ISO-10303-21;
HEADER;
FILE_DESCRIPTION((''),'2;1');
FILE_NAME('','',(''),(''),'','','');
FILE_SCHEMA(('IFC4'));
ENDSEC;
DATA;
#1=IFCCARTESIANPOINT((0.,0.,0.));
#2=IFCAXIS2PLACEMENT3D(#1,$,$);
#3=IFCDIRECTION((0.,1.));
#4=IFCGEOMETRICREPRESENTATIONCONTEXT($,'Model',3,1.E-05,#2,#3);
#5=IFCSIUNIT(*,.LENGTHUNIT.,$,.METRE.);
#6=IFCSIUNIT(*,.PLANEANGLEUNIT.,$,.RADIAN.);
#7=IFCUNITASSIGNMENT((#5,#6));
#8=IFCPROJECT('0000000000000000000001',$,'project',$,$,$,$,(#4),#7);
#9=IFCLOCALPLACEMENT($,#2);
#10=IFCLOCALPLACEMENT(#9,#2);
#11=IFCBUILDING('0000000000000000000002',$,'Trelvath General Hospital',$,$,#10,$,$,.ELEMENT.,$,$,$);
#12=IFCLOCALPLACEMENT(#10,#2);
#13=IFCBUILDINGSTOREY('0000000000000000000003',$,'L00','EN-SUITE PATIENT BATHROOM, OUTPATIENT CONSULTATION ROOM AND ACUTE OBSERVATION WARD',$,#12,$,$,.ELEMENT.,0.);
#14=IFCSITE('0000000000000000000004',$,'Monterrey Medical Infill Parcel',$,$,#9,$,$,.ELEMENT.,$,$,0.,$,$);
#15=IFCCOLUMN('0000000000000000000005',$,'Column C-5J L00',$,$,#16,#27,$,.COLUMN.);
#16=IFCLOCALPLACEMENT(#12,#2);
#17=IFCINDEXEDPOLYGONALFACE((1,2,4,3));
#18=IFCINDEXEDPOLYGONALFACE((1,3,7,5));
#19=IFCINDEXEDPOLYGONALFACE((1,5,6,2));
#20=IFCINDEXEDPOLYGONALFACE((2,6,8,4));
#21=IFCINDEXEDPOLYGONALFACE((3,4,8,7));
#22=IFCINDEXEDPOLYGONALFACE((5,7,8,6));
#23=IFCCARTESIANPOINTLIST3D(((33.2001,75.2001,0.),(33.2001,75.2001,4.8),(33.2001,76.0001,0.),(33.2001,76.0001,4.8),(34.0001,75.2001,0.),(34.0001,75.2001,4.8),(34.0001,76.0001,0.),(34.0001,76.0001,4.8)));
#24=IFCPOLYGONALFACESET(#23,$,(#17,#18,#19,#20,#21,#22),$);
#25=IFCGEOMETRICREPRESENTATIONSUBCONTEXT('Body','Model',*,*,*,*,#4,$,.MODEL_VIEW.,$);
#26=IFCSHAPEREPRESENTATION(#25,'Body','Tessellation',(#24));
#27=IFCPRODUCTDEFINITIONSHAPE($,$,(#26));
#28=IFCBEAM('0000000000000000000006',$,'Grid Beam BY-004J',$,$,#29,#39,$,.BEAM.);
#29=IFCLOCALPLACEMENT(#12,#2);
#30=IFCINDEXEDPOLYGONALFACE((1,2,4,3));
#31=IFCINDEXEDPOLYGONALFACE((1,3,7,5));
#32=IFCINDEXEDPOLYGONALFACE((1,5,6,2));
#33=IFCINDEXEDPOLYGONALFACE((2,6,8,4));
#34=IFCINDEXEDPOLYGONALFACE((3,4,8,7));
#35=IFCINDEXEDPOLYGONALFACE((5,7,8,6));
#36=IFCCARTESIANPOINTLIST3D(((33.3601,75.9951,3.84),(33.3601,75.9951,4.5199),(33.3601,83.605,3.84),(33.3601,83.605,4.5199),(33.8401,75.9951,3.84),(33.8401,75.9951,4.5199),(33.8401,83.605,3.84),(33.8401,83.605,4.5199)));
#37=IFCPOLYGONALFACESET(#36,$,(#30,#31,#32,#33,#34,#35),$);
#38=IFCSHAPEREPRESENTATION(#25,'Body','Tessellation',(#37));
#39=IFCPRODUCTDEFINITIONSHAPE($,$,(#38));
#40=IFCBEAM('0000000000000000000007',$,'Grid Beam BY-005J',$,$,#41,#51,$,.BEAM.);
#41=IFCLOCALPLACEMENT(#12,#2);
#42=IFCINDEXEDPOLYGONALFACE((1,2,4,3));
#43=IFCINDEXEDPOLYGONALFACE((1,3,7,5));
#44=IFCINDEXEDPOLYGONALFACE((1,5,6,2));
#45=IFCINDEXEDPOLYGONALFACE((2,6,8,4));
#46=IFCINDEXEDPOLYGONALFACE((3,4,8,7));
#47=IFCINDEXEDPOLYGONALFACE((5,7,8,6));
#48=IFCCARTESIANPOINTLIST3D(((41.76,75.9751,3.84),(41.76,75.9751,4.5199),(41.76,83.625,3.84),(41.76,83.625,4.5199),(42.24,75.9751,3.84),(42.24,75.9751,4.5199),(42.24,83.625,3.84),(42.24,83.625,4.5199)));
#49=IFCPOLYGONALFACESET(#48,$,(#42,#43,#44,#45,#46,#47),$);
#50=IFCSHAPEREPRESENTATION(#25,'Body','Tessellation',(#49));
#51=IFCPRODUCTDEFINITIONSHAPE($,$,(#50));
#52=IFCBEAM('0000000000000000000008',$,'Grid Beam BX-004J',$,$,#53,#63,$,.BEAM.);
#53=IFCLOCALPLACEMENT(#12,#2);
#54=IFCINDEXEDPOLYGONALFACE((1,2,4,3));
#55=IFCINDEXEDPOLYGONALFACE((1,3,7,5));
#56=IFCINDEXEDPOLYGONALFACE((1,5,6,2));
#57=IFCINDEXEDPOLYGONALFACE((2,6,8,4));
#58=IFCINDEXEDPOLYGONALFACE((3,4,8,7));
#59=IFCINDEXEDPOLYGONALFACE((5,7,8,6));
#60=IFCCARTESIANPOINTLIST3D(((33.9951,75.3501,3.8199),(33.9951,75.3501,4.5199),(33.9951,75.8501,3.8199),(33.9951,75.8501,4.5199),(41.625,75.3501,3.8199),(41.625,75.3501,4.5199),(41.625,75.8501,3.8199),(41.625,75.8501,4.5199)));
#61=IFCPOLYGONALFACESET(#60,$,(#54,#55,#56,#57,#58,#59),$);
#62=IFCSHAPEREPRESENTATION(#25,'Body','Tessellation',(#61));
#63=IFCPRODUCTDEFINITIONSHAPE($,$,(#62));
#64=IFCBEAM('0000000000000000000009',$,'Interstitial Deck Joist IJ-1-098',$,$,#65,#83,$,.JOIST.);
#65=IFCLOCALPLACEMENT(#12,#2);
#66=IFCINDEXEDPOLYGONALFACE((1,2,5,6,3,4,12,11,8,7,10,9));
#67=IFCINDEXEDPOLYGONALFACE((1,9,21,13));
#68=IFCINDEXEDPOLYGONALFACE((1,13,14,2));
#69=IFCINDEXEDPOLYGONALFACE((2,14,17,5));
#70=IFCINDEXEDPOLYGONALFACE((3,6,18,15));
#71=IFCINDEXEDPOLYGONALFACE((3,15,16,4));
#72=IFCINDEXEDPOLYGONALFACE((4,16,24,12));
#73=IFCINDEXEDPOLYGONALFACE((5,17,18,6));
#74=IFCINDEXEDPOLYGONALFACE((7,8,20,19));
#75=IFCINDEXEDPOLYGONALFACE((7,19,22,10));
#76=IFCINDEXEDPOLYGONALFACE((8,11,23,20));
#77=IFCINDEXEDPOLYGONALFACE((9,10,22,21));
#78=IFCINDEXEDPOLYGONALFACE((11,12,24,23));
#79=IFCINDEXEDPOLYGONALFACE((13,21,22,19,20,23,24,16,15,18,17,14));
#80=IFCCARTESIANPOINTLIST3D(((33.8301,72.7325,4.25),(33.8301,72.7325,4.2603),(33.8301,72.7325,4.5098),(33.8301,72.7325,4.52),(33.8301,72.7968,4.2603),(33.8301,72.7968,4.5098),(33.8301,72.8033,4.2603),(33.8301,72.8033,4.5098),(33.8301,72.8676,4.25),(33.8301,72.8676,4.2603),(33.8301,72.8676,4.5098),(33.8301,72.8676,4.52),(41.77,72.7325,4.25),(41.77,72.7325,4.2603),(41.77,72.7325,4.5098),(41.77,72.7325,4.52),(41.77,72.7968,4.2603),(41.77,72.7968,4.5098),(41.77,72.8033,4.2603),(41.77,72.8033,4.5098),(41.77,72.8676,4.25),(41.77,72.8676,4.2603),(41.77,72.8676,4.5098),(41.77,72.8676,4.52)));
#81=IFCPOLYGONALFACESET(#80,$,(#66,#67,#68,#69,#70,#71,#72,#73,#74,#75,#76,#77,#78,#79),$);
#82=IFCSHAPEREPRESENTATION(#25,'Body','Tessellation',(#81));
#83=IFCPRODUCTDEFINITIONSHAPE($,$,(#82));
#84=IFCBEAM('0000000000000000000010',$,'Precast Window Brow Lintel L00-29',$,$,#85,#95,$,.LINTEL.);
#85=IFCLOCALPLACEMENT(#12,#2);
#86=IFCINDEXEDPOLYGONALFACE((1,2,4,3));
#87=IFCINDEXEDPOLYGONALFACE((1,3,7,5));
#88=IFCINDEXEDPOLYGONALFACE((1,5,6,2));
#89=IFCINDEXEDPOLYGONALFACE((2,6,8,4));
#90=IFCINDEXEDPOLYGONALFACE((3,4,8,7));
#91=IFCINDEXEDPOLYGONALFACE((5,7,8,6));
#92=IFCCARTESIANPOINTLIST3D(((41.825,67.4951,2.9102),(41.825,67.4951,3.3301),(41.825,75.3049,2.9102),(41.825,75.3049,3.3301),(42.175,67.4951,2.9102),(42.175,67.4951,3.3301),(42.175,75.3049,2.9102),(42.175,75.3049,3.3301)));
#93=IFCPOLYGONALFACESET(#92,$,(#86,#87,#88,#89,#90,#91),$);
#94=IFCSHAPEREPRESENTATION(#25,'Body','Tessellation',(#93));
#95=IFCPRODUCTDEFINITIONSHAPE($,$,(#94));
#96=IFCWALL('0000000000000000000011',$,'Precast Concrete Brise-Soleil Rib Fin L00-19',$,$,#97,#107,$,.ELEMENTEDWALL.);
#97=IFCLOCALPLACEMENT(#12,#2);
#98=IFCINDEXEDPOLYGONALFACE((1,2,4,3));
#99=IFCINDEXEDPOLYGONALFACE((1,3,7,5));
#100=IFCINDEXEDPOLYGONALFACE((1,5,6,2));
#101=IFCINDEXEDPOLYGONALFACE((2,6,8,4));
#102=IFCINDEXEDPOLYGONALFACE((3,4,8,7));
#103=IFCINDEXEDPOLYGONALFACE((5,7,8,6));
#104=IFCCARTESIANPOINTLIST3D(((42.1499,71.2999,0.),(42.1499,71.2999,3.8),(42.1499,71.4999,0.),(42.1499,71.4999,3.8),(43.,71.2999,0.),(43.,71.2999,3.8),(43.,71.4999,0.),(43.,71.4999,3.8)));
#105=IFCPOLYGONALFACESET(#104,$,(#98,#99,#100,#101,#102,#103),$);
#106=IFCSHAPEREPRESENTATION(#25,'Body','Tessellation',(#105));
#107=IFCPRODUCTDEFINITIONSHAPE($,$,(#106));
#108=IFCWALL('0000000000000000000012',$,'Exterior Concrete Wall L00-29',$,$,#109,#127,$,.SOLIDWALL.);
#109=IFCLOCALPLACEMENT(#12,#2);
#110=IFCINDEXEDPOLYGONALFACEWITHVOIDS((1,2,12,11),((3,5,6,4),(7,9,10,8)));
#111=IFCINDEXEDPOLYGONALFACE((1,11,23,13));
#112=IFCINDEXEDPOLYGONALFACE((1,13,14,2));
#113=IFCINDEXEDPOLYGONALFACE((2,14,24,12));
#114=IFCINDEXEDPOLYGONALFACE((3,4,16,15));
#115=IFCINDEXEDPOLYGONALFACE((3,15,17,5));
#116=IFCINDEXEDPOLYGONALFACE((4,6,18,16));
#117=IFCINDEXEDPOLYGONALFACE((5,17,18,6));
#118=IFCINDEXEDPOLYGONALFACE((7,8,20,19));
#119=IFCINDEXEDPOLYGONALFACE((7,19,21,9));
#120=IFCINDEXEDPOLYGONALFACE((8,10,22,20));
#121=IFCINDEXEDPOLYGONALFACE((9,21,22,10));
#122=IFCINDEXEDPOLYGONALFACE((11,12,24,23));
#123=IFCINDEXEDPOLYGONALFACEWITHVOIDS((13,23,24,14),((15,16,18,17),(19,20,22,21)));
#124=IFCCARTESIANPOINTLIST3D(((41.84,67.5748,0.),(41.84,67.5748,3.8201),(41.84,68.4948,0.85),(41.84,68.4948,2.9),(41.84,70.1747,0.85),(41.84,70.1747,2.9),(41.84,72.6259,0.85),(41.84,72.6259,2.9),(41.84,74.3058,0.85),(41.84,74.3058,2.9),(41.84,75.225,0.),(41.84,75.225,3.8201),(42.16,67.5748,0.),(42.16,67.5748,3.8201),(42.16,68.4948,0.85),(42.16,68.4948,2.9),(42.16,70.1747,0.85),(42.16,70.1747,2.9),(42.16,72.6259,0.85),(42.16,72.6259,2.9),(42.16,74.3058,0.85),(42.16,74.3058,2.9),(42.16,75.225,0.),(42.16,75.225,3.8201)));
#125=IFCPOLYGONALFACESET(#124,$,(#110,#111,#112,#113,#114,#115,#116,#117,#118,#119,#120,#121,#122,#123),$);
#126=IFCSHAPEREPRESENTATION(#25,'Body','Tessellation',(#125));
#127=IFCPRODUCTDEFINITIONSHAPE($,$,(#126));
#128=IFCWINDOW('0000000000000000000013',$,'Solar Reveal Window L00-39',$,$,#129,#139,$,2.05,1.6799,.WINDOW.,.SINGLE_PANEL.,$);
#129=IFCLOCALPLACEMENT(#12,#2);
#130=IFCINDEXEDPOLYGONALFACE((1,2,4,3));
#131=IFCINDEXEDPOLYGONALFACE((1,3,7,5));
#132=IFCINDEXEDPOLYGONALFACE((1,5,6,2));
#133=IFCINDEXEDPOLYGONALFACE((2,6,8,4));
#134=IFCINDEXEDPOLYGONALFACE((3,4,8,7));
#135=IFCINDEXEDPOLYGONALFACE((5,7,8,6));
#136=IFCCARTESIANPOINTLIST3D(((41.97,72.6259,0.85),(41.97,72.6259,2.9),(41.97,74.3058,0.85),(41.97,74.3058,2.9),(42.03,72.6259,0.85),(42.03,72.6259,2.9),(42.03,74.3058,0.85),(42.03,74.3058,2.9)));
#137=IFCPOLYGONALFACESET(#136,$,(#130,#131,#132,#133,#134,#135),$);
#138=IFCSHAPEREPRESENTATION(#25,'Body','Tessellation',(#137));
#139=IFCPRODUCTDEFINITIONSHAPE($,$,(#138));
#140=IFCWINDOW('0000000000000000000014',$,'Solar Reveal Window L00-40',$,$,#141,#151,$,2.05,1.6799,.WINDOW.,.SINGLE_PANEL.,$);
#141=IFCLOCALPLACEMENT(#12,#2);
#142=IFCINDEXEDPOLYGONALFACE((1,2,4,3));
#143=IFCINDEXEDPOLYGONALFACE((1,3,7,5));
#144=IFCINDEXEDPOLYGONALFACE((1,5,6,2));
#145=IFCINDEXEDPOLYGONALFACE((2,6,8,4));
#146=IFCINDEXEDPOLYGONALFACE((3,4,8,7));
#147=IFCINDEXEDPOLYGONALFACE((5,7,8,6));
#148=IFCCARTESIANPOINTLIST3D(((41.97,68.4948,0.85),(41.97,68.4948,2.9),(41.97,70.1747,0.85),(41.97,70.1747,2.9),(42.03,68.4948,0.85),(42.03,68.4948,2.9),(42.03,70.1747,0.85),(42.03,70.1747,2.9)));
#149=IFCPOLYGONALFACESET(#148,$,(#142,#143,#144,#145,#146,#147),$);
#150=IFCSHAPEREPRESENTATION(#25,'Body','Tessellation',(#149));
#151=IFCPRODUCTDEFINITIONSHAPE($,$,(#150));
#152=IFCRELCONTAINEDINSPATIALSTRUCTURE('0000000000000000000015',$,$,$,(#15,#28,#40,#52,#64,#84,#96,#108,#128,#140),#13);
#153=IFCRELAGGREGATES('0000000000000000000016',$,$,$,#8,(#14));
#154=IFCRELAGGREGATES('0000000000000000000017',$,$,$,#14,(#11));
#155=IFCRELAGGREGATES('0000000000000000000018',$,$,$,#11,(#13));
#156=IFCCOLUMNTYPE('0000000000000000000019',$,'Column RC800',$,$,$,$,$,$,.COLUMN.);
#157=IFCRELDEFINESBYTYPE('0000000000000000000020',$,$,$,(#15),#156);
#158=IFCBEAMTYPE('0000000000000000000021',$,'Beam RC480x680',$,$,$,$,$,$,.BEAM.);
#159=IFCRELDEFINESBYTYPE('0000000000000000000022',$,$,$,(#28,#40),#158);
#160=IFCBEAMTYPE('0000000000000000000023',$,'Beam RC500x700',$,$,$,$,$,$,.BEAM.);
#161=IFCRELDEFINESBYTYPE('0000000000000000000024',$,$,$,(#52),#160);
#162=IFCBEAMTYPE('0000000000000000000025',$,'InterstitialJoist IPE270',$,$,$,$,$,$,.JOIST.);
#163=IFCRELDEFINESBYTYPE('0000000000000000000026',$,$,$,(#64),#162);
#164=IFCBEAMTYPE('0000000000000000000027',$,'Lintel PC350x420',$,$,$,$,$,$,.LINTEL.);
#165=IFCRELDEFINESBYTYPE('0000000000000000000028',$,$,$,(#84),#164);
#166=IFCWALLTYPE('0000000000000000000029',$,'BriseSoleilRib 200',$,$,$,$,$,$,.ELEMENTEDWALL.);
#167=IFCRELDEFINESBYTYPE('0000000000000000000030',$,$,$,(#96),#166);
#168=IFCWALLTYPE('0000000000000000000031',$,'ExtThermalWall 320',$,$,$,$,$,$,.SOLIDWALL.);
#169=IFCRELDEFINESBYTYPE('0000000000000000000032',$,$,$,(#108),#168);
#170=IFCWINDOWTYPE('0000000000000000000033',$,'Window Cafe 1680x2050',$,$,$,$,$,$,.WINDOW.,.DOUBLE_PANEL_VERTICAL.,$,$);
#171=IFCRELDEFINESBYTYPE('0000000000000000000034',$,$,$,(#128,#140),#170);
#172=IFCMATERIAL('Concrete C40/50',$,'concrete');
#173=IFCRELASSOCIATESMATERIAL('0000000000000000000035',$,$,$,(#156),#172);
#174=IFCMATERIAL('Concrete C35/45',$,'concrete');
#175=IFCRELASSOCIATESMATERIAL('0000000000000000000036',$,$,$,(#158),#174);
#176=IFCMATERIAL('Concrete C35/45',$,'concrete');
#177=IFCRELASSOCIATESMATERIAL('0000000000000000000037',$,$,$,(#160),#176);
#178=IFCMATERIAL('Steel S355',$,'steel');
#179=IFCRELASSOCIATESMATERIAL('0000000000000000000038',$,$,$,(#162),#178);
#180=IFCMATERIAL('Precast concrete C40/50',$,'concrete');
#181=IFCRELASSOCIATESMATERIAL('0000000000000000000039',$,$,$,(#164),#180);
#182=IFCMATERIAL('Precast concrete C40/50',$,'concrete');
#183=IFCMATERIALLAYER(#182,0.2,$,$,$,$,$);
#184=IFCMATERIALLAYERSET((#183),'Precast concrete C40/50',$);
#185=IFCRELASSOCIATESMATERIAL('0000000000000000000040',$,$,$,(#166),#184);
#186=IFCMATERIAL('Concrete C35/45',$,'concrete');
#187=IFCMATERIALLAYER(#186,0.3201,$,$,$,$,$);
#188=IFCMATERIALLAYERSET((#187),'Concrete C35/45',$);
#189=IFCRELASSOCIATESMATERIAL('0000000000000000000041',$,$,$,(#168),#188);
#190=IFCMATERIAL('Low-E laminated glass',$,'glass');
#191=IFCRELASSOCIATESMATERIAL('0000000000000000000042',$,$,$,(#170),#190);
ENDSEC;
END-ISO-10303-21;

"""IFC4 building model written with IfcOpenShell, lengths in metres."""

from ifc_helpers import new_model, si_unit, direction, frame, frame_2d, origin, origin_2d, place, context, subcontext, project, spatial, rectangle, i_section, extrude, material, layer, layer_set, material_profile, profile_set, type_object, element, fill, save


model = new_model("IFC4")

# Units and contexts
model_context = context("Model", 3, precision=1e-05, world=origin(), true_north=direction((0.0, 1.0)))
body_context = subcontext(model_context, "Body", "Model", "MODEL_VIEW")
ifc_project = project(units=[si_unit("LENGTHUNIT", "METRE"), si_unit("PLANEANGLEUNIT", "RADIAN")], contexts=[model_context])

# Site, building, storey
site_placement = place(None, origin())
site = spatial("IfcSite", under=ifc_project, at=site_placement, Name="Monterrey Medical Infill Parcel", CompositionType="ELEMENT", RefElevation=0.0)
building_placement = place(site_placement, origin())
building = spatial("IfcBuilding", under=site, at=building_placement, Name="Trelvath General Hospital", CompositionType="ELEMENT")
storey_placement = place(building_placement, origin())
storey = spatial("IfcBuildingStorey", under=building, at=storey_placement, Name="L00", Description="EN-SUITE PATIENT BATHROOM, OUTPATIENT CONSULTATION ROOM AND ACUTE OBSERVATION WARD", CompositionType="ELEMENT", Elevation=0.0)

# Column
ifc_material_1 = material(Name="Concrete C40/50", Category="concrete")
ifc_material_profile_1 = material_profile(ifc_material_1, rectangle(XDim=0.8, YDim=0.8, at=origin_2d()), Name="RC800x800")
ifc_profile_set_1 = profile_set([ifc_material_profile_1], Name="Concrete C40/50")
column_type_1 = type_object("IfcColumnType", Name="Column RC800", PredefinedType="COLUMN", material=ifc_profile_set_1)
column_1_placement = place(storey_placement, frame((33.6001, 75.6001, 0.0), z_axis=(0.0, 0.0, 1.0), x_axis=(1.0, 0.0, 0.0)))
element("IfcColumn", 1, at=column_1_placement, inside=storey, type_object=column_type_1, Name="Column C-5J L00", PredefinedType="COLUMN", context=body_context, shape_type="SweptSolid", body=[
    extrude(rectangle(XDim=0.8, YDim=0.8, at=origin_2d()), origin(), (0.0, 0.0, 1.0), 4.8),
])

# Beams
ifc_material_2 = material(Name="Concrete C35/45", Category="concrete")
ifc_material_profile_2 = material_profile(ifc_material_2, rectangle(XDim=0.48, YDim=0.6799, at=origin_2d()), Name="RCB480x680")
ifc_profile_set_2 = profile_set([ifc_material_profile_2], Name="Concrete C35/45")
beam_type_1 = type_object("IfcBeamType", Name="Beam RC480x680", PredefinedType="BEAM", material=ifc_profile_set_2)
beam_1_placement = place(storey_placement, frame((33.6001, 75.9951, 4.1799), z_axis=(0.0, 1.0, 0.0), x_axis=(-1.0, 0.0, 0.0)))
element("IfcBeam", 2, at=beam_1_placement, inside=storey, type_object=beam_type_1, Name="Grid Beam BY-004J", PredefinedType="BEAM", context=body_context, shape_type="SweptSolid", body=[
    extrude(rectangle(XDim=0.48, YDim=0.6799, at=origin_2d()), origin(), (0.0, 0.0, 1.0), 7.6099),
])
beam_2_placement = place(storey_placement, frame((42.0, 75.9751, 4.1799), z_axis=(0.0, 1.0, 0.0), x_axis=(-1.0, 0.0, 0.0)))
element("IfcBeam", 3, at=beam_2_placement, inside=storey, type_object=beam_type_1, Name="Grid Beam BY-005J", PredefinedType="BEAM", context=body_context, shape_type="SweptSolid", body=[
    extrude(rectangle(XDim=0.48, YDim=0.6799, at=origin_2d()), origin(), (0.0, 0.0, 1.0), 7.6499),
])
ifc_material_3 = material(Name="Concrete C35/45", Category="concrete")
ifc_material_profile_3 = material_profile(ifc_material_3, rectangle(XDim=0.5, YDim=0.7, at=origin_2d()), Name="RCB500x700")
ifc_profile_set_3 = profile_set([ifc_material_profile_3], Name="Concrete C35/45")
beam_type_2 = type_object("IfcBeamType", Name="Beam RC500x700", PredefinedType="BEAM", material=ifc_profile_set_3)
beam_3_placement = place(storey_placement, frame((33.9951, 75.6001, 4.1699), z_axis=(1.0, 0.0, 0.0), x_axis=(0.0, 1.0, 0.0)))
element("IfcBeam", 4, at=beam_3_placement, inside=storey, type_object=beam_type_2, Name="Grid Beam BX-004J", PredefinedType="BEAM", context=body_context, shape_type="SweptSolid", body=[
    extrude(rectangle(XDim=0.5, YDim=0.7, at=origin_2d()), origin(), (0.0, 0.0, 1.0), 7.6299),
])
ifc_material_4 = material(Name="Steel S355", Category="steel")
ifc_material_profile_4 = material_profile(ifc_material_4, i_section(OverallWidth=0.135, OverallDepth=0.27, WebThickness=0.0066, FlangeThickness=0.0103, at=origin_2d()), Name="IPE270")
ifc_profile_set_4 = profile_set([ifc_material_profile_4], Name="Steel S355")
beam_type_3 = type_object("IfcBeamType", Name="InterstitialJoist IPE270", PredefinedType="JOIST", material=ifc_profile_set_4)
beam_4_placement = place(storey_placement, frame((33.8301, 72.8, 4.385), z_axis=(1.0, 0.0, 0.0), x_axis=(0.0, 1.0, 0.0)))
element("IfcBeam", 5, at=beam_4_placement, inside=storey, type_object=beam_type_3, Name="Interstitial Deck Joist IJ-1-098", PredefinedType="JOIST", context=body_context, shape_type="SweptSolid", body=[
    extrude(i_section(OverallWidth=0.135, OverallDepth=0.27, WebThickness=0.0066, FlangeThickness=0.0103, at=origin_2d()), origin(), (0.0, 0.0, 1.0), 7.9399),
])
ifc_material_5 = material(Name="Precast concrete C40/50", Category="concrete")
ifc_material_profile_5 = material_profile(ifc_material_5, rectangle(XDim=0.3501, YDim=0.4199, at=origin_2d()), Name="PCL350x420")
ifc_profile_set_5 = profile_set([ifc_material_profile_5], Name="Precast concrete C40/50")
beam_type_4 = type_object("IfcBeamType", Name="Lintel PC350x420", PredefinedType="LINTEL", material=ifc_profile_set_5)
beam_5_placement = place(storey_placement, frame((42.0, 75.3049, 3.1201), z_axis=(0.0, -1.0, 0.0), x_axis=(1.0, 0.0, 0.0)))
element("IfcBeam", 6, at=beam_5_placement, inside=storey, type_object=beam_type_4, Name="Precast Window Brow Lintel L00-29", PredefinedType="LINTEL", context=body_context, shape_type="SweptSolid", body=[
    extrude(rectangle(XDim=0.3501, YDim=0.4199, at=origin_2d()), origin(), (0.0, 0.0, 1.0), 7.8098),
])

# Wall
ifc_material_6 = material(Name="Precast concrete C40/50", Category="concrete")
ifc_layer_1 = layer(ifc_material_6, 0.2)
ifc_layer_set_1 = layer_set([ifc_layer_1], Name="Precast concrete C40/50")
wall_type_1 = type_object("IfcWallType", Name="BriseSoleilRib 200", PredefinedType="ELEMENTEDWALL", material=ifc_layer_set_1)
wall_1_placement = place(storey_placement, frame((42.1499, 71.3999, 0.0), z_axis=(0.0, 0.0, 1.0), x_axis=(1.0, 0.0, 0.0)))
element("IfcWall", 7, at=wall_1_placement, inside=storey, type_object=wall_type_1, Name="Precast Concrete Brise-Soleil Rib Fin L00-19", PredefinedType="ELEMENTEDWALL", context=body_context, shape_type="SweptSolid", body=[
    extrude(rectangle(XDim=0.8501, YDim=0.2, at=frame_2d((0.425, 0.0))), origin(), (0.0, 0.0, 1.0), 3.8),
])

# Wall, openings, windows
ifc_material_7 = material(Name="Concrete C35/45", Category="concrete")
ifc_layer_2 = layer(ifc_material_7, 0.3201)
ifc_layer_set_2 = layer_set([ifc_layer_2], Name="Concrete C35/45")
wall_type_2 = type_object("IfcWallType", Name="ExtThermalWall 320", PredefinedType="SOLIDWALL", material=ifc_layer_set_2)
wall_2_placement = place(storey_placement, frame((42.0, 75.2251, 0.0), z_axis=(0.0, 0.0, 1.0), x_axis=(0.0, -1.0, 0.0)))
wall_2 = element("IfcWall", 8, at=wall_2_placement, inside=storey, type_object=wall_type_2, Name="Exterior Concrete Wall L00-29", PredefinedType="SOLIDWALL", context=body_context, shape_type="SweptSolid", body=[
    extrude(rectangle(XDim=7.6501, YDim=0.3201, at=frame_2d((3.8252, 0.0))), origin(), (0.0, 0.0, 1.0), 3.8201),
])
opening_1_placement = place(wall_2_placement, frame((0.9194, 0.0, 0.8501)))
opening_1 = element("IfcOpeningElement", 9, at=opening_1_placement, cuts=wall_2, PredefinedType="OPENING", context=body_context, shape_type="SweptSolid", body=[
    extrude(rectangle(XDim=1.6799, YDim=2.05, at=frame_2d((0.8398, 1.0249))), frame((0.0, 0.1699, 0.0), z_axis=(0.0, -1.0, 0.0), x_axis=(1.0, 0.0, 0.0)), (0.0, 0.0, 1.0), 0.3401),
])
opening_2_placement = place(wall_2_placement, frame((5.0505, 0.0, 0.8501)))
opening_2 = element("IfcOpeningElement", 10, at=opening_2_placement, cuts=wall_2, PredefinedType="OPENING", context=body_context, shape_type="SweptSolid", body=[
    extrude(rectangle(XDim=1.6799, YDim=2.05, at=frame_2d((0.8398, 1.0249))), frame((0.0, 0.1699, 0.0), z_axis=(0.0, -1.0, 0.0), x_axis=(1.0, 0.0, 0.0)), (0.0, 0.0, 1.0), 0.3401),
])
ifc_material_8 = material(Name="Low-E laminated glass", Category="glass")
window_type = type_object("IfcWindowType", Name="Window Cafe 1680x2050", PartitioningType="DOUBLE_PANEL_VERTICAL", PredefinedType="WINDOW", material=ifc_material_8)
window_1_placement = place(opening_1_placement, origin())
window_1 = element("IfcWindow", 11, at=window_1_placement, inside=storey, type_object=window_type, Name="Solar Reveal Window L00-39", OverallHeight=2.05, OverallWidth=1.6799, PartitioningType="SINGLE_PANEL", PredefinedType="WINDOW", context=body_context, shape_type="SweptSolid", body=[
    extrude(rectangle(XDim=1.6799, YDim=2.05, at=frame_2d((0.8398, 1.0249))), frame((0.0, 0.03, 0.0), z_axis=(0.0, -1.0, 0.0), x_axis=(1.0, 0.0, 0.0)), (0.0, 0.0, 1.0), 0.0601),
])
fill(opening_1, window_1)
window_2_placement = place(opening_2_placement, origin())
window_2 = element("IfcWindow", 12, at=window_2_placement, inside=storey, type_object=window_type, Name="Solar Reveal Window L00-40", OverallHeight=2.05, OverallWidth=1.6799, PartitioningType="SINGLE_PANEL", PredefinedType="WINDOW", context=body_context, shape_type="SweptSolid", body=[
    extrude(rectangle(XDim=1.6799, YDim=2.05, at=frame_2d((0.8398, 1.0249))), frame((0.0, 0.03, 0.0), z_axis=(0.0, -1.0, 0.0), x_axis=(1.0, 0.0, 0.0)), (0.0, 0.0, 1.0), 0.0601),
])
fill(opening_2, window_2)

save(model, "model.ifc")
